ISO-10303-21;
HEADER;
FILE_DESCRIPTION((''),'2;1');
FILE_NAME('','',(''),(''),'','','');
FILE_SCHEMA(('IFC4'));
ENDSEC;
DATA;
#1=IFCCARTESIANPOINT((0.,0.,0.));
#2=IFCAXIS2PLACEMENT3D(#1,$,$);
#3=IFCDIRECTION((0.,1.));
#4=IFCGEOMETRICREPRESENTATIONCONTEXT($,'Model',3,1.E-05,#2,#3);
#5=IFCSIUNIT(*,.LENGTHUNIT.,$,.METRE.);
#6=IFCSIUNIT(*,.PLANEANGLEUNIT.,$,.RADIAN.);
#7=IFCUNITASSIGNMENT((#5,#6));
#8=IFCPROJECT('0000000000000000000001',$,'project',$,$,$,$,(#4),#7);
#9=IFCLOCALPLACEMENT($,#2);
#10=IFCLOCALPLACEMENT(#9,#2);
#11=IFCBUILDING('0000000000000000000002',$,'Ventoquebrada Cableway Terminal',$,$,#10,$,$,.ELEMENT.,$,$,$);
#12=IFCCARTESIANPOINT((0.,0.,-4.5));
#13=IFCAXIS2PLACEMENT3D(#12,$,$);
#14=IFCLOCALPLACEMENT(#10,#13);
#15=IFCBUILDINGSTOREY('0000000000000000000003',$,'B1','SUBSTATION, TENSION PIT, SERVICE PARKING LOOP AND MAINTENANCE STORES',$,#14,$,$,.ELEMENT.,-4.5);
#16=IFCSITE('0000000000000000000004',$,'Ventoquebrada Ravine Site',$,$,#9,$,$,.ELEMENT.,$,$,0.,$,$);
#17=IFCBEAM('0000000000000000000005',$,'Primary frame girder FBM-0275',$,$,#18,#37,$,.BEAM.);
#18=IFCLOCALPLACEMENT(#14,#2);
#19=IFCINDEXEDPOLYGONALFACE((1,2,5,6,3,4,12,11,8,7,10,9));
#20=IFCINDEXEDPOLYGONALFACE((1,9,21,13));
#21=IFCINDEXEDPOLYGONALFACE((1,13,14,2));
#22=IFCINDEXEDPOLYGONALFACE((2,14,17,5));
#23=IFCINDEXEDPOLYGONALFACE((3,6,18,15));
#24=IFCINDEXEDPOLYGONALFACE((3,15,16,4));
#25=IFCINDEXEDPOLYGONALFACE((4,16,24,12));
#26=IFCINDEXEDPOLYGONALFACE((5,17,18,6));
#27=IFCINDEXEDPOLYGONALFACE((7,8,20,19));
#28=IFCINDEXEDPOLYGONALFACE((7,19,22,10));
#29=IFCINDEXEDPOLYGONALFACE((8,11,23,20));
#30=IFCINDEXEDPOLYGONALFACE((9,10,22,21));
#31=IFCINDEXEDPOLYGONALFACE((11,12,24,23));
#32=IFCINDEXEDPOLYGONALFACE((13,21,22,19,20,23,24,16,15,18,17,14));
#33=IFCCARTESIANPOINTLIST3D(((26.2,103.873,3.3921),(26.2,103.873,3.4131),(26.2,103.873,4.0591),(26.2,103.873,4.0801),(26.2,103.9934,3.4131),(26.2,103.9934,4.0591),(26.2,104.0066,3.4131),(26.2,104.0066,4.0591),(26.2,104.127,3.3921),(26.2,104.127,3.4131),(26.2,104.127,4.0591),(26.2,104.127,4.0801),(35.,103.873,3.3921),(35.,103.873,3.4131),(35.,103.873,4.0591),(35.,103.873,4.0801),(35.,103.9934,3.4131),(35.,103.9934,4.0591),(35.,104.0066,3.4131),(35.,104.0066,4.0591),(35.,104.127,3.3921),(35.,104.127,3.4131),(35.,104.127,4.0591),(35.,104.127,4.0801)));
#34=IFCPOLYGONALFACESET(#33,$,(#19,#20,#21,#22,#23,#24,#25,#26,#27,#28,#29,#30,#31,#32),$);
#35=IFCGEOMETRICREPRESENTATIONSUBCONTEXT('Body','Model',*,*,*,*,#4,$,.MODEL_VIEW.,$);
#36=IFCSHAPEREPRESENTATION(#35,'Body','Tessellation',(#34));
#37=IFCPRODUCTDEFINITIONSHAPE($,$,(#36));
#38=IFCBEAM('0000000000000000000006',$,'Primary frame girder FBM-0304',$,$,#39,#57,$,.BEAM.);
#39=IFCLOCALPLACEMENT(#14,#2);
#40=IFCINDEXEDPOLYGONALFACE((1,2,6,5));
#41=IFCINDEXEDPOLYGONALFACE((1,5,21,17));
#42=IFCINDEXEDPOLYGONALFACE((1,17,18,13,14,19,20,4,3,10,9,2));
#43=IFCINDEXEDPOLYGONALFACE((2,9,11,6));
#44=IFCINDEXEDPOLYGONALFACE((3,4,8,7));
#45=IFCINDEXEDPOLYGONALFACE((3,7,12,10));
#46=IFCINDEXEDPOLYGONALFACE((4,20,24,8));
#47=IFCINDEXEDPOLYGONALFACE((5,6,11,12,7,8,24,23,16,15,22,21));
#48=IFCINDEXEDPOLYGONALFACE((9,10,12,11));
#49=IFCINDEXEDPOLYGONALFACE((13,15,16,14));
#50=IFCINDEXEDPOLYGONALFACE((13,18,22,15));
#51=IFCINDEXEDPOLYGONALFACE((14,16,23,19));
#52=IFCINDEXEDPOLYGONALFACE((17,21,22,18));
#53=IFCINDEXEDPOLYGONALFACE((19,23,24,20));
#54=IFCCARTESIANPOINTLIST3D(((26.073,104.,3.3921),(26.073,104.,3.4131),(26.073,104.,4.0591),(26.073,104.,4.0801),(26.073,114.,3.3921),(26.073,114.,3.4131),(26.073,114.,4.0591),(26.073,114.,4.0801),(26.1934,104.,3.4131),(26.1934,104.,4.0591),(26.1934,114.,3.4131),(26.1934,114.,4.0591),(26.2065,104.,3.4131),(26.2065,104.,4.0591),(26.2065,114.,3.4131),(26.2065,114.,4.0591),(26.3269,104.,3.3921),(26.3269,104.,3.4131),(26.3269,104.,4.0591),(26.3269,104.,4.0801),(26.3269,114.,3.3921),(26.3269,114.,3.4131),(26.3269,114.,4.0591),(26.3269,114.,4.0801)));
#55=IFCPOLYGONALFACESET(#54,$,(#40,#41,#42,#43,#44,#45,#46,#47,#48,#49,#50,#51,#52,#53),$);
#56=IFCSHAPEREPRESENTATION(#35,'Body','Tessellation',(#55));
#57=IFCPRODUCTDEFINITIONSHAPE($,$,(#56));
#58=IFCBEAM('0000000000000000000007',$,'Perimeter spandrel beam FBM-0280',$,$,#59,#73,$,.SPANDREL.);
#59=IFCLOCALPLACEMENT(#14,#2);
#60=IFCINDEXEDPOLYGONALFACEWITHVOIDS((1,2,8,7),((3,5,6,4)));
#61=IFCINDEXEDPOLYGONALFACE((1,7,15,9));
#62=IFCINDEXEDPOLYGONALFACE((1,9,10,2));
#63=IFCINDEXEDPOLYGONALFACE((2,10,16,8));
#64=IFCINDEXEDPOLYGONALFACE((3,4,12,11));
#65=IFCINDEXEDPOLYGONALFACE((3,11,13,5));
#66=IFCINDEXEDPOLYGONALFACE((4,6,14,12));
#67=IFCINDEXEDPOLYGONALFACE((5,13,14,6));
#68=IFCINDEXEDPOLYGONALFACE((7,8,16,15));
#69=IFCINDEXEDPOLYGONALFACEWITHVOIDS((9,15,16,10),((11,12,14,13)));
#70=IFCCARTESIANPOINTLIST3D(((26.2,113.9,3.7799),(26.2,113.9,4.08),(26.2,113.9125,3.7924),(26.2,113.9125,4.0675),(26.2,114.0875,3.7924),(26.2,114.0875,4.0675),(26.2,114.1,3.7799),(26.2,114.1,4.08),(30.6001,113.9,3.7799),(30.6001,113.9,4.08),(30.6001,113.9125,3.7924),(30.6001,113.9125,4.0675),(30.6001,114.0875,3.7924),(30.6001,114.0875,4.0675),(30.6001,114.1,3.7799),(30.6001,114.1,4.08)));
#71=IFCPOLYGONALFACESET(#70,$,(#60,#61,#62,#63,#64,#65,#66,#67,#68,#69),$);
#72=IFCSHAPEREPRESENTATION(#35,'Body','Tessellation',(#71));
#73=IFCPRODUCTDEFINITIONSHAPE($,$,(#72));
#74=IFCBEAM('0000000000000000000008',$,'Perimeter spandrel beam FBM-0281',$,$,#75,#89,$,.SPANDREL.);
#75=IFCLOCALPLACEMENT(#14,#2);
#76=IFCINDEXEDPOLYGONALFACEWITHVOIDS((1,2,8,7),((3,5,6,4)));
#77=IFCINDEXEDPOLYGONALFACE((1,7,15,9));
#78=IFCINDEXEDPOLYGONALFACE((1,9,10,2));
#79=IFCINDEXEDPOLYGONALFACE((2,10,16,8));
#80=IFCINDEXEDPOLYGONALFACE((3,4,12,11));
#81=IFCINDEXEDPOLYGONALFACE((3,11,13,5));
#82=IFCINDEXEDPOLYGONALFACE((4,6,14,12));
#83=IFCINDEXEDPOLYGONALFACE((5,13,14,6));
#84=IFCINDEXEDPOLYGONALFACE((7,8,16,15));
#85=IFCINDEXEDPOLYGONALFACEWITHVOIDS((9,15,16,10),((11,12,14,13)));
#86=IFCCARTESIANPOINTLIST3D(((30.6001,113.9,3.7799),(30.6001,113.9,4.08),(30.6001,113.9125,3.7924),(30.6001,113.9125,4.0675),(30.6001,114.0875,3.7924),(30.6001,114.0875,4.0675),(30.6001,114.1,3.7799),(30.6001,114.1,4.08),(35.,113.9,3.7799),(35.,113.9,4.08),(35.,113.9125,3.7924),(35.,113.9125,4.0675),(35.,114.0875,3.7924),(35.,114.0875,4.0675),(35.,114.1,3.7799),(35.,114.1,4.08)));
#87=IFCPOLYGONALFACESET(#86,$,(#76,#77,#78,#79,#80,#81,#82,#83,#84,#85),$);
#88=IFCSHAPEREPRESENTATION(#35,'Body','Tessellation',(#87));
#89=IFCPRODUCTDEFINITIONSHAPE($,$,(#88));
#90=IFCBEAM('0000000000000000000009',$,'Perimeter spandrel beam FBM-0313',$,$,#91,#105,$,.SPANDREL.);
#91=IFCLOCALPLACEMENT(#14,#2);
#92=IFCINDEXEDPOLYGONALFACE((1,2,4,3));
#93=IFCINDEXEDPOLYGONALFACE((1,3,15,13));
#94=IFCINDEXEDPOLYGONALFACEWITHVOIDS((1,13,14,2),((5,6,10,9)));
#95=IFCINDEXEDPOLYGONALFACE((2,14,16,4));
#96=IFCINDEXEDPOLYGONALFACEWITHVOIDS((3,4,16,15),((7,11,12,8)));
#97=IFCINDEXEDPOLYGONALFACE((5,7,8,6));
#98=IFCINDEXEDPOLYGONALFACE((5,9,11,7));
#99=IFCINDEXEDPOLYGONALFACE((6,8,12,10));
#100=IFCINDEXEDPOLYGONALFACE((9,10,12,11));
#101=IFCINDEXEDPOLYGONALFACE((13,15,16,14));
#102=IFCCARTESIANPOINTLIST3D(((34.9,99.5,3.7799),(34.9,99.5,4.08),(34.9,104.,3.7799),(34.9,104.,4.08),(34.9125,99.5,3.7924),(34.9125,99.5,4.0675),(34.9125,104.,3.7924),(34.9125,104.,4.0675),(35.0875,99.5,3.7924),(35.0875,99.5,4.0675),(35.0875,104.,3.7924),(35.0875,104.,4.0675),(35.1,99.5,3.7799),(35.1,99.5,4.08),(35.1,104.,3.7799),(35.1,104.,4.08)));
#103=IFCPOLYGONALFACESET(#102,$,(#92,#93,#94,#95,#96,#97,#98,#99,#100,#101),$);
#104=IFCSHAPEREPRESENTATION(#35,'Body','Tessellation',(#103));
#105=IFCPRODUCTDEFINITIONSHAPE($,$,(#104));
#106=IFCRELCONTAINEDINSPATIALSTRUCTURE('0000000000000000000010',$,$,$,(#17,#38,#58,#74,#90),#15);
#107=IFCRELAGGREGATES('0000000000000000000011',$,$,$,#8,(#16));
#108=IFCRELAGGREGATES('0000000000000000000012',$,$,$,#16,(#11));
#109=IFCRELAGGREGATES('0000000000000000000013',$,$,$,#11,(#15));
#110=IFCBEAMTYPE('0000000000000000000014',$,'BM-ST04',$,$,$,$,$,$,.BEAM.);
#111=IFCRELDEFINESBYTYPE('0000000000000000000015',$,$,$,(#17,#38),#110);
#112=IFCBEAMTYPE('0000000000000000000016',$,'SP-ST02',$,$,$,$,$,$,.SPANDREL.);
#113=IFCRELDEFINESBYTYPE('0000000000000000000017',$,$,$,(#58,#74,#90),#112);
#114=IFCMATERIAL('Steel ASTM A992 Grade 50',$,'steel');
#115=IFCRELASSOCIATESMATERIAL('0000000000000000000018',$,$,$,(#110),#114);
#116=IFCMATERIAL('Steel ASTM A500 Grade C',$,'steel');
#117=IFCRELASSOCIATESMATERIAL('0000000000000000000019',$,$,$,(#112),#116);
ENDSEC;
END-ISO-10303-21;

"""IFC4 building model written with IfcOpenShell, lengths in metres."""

from ifc_helpers import new_model, si_unit, direction, frame, origin, origin_2d, place, context, subcontext, project, spatial, hollow_rectangle, i_section, extrude, material, material_profile, profile_set, type_object, element, save


model = new_model("IFC4")

# Units and contexts
model_context = context("Model", 3, precision=1e-05, world=origin(), true_north=direction((0.0, 1.0)))
body_context = subcontext(model_context, "Body", "Model", "MODEL_VIEW")
ifc_project = project(units=[si_unit("LENGTHUNIT", "METRE"), si_unit("PLANEANGLEUNIT", "RADIAN")], contexts=[model_context])

# Site, building, storey
site_placement = place(None, origin())
site = spatial("IfcSite", under=ifc_project, at=site_placement, Name="Ventoquebrada Ravine Site", CompositionType="ELEMENT", RefElevation=0.0)
building_placement = place(site_placement, origin())
building = spatial("IfcBuilding", under=site, at=building_placement, Name="Ventoquebrada Cableway Terminal", CompositionType="ELEMENT")
storey_placement = place(building_placement, frame((0.0, 0.0, -4.5)))
storey = spatial("IfcBuildingStorey", under=building, at=storey_placement, Name="B1", Description="SUBSTATION, TENSION PIT, SERVICE PARKING LOOP AND MAINTENANCE STORES", CompositionType="ELEMENT", Elevation=-4.5)

# Beams
ifc_material_1 = material(Name="Steel ASTM A992 Grade 50", Category="steel")
ifc_material_profile_1 = material_profile(ifc_material_1, i_section(OverallWidth=0.2539, OverallDepth=0.688, WebThickness=0.0132, FlangeThickness=0.021, at=origin_2d()), Name="W27X102")
ifc_profile_set_1 = profile_set([ifc_material_profile_1], Name="Steel ASTM A992 Grade 50")
beam_type_1 = type_object("IfcBeamType", Name="BM-ST04", PredefinedType="BEAM", material=ifc_profile_set_1)
beam_1_placement = place(storey_placement, frame((26.2, 104.0, 3.7361), z_axis=(1.0, 0.0, 0.0), x_axis=(0.0, 1.0, 0.0)))
element("IfcBeam", 1, at=beam_1_placement, inside=storey, type_object=beam_type_1, Name="Primary frame girder FBM-0275", PredefinedType="BEAM", context=body_context, shape_type="SweptSolid", body=[
    extrude(i_section(OverallWidth=0.2539, OverallDepth=0.688, WebThickness=0.0132, FlangeThickness=0.021, at=origin_2d()), origin(), (0.0, 0.0, 1.0), 8.8),
])
beam_2_placement = place(storey_placement, frame((26.2, 104.0, 3.7361), z_axis=(0.0, 1.0, 0.0), x_axis=(-1.0, 0.0, 0.0)))
element("IfcBeam", 2, at=beam_2_placement, inside=storey, type_object=beam_type_1, Name="Primary frame girder FBM-0304", PredefinedType="BEAM", context=body_context, shape_type="SweptSolid", body=[
    extrude(i_section(OverallWidth=0.2539, OverallDepth=0.688, WebThickness=0.0132, FlangeThickness=0.021, at=origin_2d()), origin(), (0.0, 0.0, 1.0), 10.0),
])
ifc_material_2 = material(Name="Steel ASTM A500 Grade C", Category="steel")
ifc_material_profile_2 = material_profile(ifc_material_2, hollow_rectangle(XDim=0.2, YDim=0.3, WallThickness=0.0125, at=origin_2d()), Name="RHS300X200X12.5")
ifc_profile_set_2 = profile_set([ifc_material_profile_2], Name="Steel ASTM A500 Grade C")
beam_type_2 = type_object("IfcBeamType", Name="SP-ST02", PredefinedType="SPANDREL", material=ifc_profile_set_2)
beam_3_placement = place(storey_placement, frame((26.2, 114.0, 3.9299), z_axis=(1.0, 0.0, 0.0), x_axis=(0.0, 1.0, 0.0)))
element("IfcBeam", 3, at=beam_3_placement, inside=storey, type_object=beam_type_2, Name="Perimeter spandrel beam FBM-0280", PredefinedType="SPANDREL", context=body_context, shape_type="SweptSolid", body=[
    extrude(hollow_rectangle(XDim=0.2, YDim=0.3, WallThickness=0.0125, at=origin_2d()), origin(), (0.0, 0.0, 1.0), 4.4001),
])
beam_4_placement = place(storey_placement, frame((30.6001, 114.0, 3.9299), z_axis=(1.0, 0.0, 0.0), x_axis=(0.0, 1.0, 0.0)))
element("IfcBeam", 4, at=beam_4_placement, inside=storey, type_object=beam_type_2, Name="Perimeter spandrel beam FBM-0281", PredefinedType="SPANDREL", context=body_context, shape_type="SweptSolid", body=[
    extrude(hollow_rectangle(XDim=0.2, YDim=0.3, WallThickness=0.0125, at=origin_2d()), origin(), (0.0, 0.0, 1.0), 4.3999),
])
beam_5_placement = place(storey_placement, frame((35.0, 99.5, 3.9299), z_axis=(0.0, 1.0, 0.0), x_axis=(-1.0, 0.0, 0.0)))
element("IfcBeam", 5, at=beam_5_placement, inside=storey, type_object=beam_type_2, Name="Perimeter spandrel beam FBM-0313", PredefinedType="SPANDREL", context=body_context, shape_type="SweptSolid", body=[
    extrude(hollow_rectangle(XDim=0.2, YDim=0.3, WallThickness=0.0125, at=origin_2d()), origin(), (0.0, 0.0, 1.0), 4.5),
])

save(model, "model.ifc")
